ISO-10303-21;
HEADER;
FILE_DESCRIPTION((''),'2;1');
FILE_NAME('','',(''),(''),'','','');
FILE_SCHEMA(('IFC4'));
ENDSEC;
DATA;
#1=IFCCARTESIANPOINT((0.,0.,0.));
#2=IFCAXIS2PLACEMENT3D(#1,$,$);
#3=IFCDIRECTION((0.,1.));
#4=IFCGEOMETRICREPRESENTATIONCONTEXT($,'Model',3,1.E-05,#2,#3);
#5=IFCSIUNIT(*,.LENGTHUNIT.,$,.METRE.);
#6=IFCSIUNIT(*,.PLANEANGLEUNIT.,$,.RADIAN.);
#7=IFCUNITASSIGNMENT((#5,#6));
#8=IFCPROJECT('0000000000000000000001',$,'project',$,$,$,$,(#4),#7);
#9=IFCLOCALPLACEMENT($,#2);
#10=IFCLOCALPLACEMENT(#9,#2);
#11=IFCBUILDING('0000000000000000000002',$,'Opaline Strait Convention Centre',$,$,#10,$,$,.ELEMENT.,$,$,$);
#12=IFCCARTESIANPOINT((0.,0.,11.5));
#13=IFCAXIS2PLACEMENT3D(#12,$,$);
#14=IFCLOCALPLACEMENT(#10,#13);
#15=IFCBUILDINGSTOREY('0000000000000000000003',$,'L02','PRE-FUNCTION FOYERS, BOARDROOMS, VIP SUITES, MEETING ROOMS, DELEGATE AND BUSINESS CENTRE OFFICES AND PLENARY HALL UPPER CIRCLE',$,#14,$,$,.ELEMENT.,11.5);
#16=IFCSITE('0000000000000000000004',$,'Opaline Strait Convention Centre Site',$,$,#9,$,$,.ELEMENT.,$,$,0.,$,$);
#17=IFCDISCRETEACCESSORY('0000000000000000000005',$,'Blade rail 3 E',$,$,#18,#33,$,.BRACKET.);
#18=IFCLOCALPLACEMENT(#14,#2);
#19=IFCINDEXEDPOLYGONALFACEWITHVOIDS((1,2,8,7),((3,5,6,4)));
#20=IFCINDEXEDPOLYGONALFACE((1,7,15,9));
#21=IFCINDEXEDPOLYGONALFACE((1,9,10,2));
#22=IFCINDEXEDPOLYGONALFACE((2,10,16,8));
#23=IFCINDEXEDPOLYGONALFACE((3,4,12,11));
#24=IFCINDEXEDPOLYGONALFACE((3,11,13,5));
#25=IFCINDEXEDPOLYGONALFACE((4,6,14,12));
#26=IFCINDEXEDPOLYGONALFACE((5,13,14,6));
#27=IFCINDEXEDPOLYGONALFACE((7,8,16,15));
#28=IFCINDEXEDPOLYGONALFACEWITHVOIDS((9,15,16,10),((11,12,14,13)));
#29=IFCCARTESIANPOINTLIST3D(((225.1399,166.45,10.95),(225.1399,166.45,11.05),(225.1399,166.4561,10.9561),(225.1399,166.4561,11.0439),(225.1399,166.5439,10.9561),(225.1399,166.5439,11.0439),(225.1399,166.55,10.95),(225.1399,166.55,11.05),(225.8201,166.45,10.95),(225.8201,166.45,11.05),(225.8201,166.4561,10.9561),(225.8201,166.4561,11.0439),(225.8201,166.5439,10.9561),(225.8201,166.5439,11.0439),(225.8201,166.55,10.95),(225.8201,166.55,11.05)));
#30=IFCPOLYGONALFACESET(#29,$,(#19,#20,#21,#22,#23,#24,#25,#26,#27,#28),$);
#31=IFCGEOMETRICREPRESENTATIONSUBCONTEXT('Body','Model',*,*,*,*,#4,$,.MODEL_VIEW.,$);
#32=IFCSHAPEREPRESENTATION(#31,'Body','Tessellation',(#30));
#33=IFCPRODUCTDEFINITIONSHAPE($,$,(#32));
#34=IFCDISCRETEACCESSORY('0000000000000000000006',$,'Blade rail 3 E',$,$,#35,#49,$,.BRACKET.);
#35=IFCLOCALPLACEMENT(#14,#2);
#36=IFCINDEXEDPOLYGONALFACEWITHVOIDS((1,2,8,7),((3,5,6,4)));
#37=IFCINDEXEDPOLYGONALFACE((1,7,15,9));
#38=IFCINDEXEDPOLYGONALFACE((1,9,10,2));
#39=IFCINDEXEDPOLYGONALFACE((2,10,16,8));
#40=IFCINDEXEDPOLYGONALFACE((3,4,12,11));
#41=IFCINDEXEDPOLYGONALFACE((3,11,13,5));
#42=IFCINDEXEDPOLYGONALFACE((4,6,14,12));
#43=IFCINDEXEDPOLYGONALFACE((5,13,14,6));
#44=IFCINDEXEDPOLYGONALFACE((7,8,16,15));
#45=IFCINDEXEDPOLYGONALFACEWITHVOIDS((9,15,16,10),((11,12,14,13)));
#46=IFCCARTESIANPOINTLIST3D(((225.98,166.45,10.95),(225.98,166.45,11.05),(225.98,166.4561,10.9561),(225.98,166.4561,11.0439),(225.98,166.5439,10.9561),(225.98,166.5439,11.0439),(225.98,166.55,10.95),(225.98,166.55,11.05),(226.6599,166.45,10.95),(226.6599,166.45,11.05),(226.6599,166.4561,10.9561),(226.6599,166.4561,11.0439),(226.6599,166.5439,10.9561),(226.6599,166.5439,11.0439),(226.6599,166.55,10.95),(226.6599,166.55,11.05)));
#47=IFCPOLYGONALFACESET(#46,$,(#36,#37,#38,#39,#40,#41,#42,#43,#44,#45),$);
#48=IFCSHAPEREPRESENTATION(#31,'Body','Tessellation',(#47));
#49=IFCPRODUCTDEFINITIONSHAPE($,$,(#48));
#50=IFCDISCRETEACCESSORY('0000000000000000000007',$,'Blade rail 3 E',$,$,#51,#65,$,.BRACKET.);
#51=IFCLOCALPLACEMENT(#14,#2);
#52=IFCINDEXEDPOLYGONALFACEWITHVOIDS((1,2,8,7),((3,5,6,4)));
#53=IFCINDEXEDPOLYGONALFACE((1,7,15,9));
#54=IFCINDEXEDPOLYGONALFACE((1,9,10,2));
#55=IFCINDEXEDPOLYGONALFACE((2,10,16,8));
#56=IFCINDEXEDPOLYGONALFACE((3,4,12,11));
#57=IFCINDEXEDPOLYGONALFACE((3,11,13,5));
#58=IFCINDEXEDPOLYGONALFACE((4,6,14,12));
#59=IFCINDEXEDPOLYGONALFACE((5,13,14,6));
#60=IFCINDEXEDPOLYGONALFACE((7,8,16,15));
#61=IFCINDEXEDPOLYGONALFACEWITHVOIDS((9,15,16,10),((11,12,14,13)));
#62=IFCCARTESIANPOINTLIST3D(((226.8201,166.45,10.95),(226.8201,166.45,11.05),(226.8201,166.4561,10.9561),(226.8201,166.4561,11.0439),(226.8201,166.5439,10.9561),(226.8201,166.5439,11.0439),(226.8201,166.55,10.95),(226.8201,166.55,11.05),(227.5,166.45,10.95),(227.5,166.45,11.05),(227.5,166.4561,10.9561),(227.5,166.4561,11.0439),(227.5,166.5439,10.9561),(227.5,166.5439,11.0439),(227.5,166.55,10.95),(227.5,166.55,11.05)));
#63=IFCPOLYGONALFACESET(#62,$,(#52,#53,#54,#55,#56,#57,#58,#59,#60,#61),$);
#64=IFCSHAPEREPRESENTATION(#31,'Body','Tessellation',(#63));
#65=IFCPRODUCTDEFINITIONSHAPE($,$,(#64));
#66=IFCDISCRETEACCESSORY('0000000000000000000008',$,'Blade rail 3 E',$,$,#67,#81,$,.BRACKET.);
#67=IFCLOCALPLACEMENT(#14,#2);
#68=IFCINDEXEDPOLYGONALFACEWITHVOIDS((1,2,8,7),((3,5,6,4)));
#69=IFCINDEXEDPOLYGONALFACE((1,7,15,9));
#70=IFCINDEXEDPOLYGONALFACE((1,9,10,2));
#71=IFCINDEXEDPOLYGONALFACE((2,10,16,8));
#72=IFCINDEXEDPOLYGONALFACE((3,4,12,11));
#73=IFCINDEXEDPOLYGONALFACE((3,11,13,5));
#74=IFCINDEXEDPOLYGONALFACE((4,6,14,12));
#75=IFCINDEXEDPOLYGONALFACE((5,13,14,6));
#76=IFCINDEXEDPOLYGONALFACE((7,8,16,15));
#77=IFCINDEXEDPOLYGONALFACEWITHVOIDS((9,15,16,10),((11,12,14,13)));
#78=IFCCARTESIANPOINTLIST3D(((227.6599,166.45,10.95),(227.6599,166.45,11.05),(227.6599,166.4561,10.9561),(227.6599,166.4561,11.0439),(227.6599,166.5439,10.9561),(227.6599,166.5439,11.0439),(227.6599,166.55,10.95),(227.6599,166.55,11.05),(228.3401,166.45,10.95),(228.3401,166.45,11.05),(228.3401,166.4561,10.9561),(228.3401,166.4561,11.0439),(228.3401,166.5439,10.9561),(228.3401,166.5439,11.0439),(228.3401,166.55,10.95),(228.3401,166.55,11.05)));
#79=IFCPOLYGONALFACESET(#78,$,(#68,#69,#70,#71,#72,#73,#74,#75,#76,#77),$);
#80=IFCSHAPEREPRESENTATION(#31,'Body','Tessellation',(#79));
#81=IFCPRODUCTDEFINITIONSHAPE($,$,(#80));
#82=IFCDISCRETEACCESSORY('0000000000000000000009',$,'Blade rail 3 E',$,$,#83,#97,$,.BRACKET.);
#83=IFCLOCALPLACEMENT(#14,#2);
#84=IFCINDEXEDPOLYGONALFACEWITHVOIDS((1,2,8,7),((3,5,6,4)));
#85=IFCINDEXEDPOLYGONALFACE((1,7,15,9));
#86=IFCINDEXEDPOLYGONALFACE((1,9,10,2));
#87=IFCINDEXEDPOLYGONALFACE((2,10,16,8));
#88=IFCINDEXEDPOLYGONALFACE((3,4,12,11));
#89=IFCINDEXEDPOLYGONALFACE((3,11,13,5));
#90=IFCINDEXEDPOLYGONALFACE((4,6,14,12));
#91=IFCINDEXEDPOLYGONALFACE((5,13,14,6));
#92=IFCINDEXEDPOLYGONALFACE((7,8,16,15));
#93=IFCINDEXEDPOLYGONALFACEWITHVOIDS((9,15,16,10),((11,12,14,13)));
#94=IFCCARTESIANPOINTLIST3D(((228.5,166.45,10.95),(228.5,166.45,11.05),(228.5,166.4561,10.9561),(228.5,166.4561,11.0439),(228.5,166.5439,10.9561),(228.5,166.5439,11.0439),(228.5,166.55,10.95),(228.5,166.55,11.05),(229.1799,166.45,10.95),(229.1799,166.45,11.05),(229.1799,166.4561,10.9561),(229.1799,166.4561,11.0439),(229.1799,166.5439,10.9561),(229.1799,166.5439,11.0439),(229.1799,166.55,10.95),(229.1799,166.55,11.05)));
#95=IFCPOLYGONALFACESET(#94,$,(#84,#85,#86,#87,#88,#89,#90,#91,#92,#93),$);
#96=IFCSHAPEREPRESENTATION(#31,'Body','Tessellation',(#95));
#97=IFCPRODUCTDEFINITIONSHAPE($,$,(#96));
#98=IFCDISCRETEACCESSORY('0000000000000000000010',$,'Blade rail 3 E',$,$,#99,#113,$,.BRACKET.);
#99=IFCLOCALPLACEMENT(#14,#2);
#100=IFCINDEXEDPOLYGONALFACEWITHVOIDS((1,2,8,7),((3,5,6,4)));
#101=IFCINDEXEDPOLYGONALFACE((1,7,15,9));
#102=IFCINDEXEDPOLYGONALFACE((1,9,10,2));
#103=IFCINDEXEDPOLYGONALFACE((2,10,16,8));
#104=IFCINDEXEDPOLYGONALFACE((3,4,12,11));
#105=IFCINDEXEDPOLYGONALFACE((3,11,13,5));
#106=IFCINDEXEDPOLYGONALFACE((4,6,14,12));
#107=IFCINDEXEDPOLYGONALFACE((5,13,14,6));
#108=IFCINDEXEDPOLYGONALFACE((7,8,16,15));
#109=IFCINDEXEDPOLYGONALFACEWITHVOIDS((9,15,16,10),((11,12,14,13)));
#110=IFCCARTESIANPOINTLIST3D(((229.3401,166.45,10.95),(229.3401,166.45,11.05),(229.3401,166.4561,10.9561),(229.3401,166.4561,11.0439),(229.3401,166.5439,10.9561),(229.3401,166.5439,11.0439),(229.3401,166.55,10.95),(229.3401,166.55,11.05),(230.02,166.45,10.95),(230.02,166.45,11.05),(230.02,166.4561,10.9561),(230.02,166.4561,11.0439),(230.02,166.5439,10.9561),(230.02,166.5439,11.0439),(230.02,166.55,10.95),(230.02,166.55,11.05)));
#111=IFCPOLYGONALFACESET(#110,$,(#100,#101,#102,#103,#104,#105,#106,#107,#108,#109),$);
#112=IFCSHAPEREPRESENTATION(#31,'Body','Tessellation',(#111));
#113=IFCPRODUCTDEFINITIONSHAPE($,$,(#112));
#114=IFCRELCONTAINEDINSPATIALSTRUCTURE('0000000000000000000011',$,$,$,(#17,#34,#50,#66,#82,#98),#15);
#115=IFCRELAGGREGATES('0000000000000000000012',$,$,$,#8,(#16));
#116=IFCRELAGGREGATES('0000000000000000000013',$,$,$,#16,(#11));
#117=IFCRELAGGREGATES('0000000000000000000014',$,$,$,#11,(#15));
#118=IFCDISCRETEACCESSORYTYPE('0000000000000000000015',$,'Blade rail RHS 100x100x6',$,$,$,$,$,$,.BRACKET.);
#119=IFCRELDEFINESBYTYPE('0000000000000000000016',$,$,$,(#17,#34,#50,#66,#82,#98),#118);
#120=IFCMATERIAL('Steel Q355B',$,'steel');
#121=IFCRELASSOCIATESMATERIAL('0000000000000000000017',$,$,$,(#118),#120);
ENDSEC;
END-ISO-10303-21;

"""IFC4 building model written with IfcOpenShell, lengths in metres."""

from ifc_helpers import new_model, si_unit, direction, frame, origin, origin_2d, place, context, subcontext, project, spatial, hollow_rectangle, extrude, material, material_profile, profile_set, type_object, element, save


model = new_model("IFC4")

# Units and contexts
model_context = context("Model", 3, precision=1e-05, world=origin(), true_north=direction((0.0, 1.0)))
body_context = subcontext(model_context, "Body", "Model", "MODEL_VIEW")
ifc_project = project(units=[si_unit("LENGTHUNIT", "METRE"), si_unit("PLANEANGLEUNIT", "RADIAN")], contexts=[model_context])

# Site, building, storey
site_placement = place(None, origin())
site = spatial("IfcSite", under=ifc_project, at=site_placement, Name="Opaline Strait Convention Centre Site", CompositionType="ELEMENT", RefElevation=0.0)
building_placement = place(site_placement, origin())
building = spatial("IfcBuilding", under=site, at=building_placement, Name="Opaline Strait Convention Centre", CompositionType="ELEMENT")
storey_placement = place(building_placement, frame((0.0, 0.0, 11.5)))
storey = spatial("IfcBuildingStorey", under=building, at=storey_placement, Name="L02", Description="PRE-FUNCTION FOYERS, BOARDROOMS, VIP SUITES, MEETING ROOMS, DELEGATE AND BUSINESS CENTRE OFFICES AND PLENARY HALL UPPER CIRCLE", CompositionType="ELEMENT", Elevation=11.5)

# Shared definitions
ifc_material_1 = material(Name="Steel Q355B", Category="steel")

# Discrete accessories
ifc_material_profile_1 = material_profile(ifc_material_1, hollow_rectangle(XDim=0.1001, YDim=0.1001, WallThickness=0.0061, at=origin_2d()), Name="RHS 100x100x6")
ifc_profile_set_1 = profile_set([ifc_material_profile_1], Name="Steel Q355B")
discrete_accessory_type_1 = type_object("IfcDiscreteAccessoryType", Name="Blade rail RHS 100x100x6", PredefinedType="BRACKET", material=ifc_profile_set_1)
discrete_accessory_1_placement = place(storey_placement, frame((225.1399, 166.5, 11.0), z_axis=(1.0, 0.0, 0.0), x_axis=(0.0, 1.0, 0.0)))
element("IfcDiscreteAccessory", 1, at=discrete_accessory_1_placement, inside=storey, type_object=discrete_accessory_type_1, Name="Blade rail 3 E", PredefinedType="BRACKET", context=body_context, shape_type="SweptSolid", body=[
    extrude(hollow_rectangle(XDim=0.1001, YDim=0.1001, WallThickness=0.0061, at=origin_2d()), origin(), (0.0, 0.0, 1.0), 0.6802),
])
for number, where, z_axis, x_axis, name in (
    (2, (225.98, 166.5, 11.0), (1.0, 0.0, 0.0), (0.0, 1.0, 0.0), "Blade rail 3 E"),
    (3, (226.8201, 166.5, 11.0), (1.0, 0.0, 0.0), (0.0, 1.0, 0.0), "Blade rail 3 E"),
):
    element("IfcDiscreteAccessory", number, at=place(storey_placement, frame(where, z_axis=z_axis, x_axis=x_axis)), inside=storey, type_object=discrete_accessory_type_1, Name=name, PredefinedType="BRACKET", context=body_context, shape_type="SweptSolid", body=[
        extrude(hollow_rectangle(XDim=0.1001, YDim=0.1001, WallThickness=0.0061, at=origin_2d()), origin(), (0.0, 0.0, 1.0), 0.6799),
    ])
discrete_accessory_2_placement = place(storey_placement, frame((227.6599, 166.5, 11.0), z_axis=(1.0, 0.0, 0.0), x_axis=(0.0, 1.0, 0.0)))
element("IfcDiscreteAccessory", 4, at=discrete_accessory_2_placement, inside=storey, type_object=discrete_accessory_type_1, Name="Blade rail 3 E", PredefinedType="BRACKET", context=body_context, shape_type="SweptSolid", body=[
    extrude(hollow_rectangle(XDim=0.1001, YDim=0.1001, WallThickness=0.0061, at=origin_2d()), origin(), (0.0, 0.0, 1.0), 0.6802),
])
for number, where, z_axis, x_axis, name in (
    (5, (228.5, 166.5, 11.0), (1.0, 0.0, 0.0), (0.0, 1.0, 0.0), "Blade rail 3 E"),
    (6, (229.3401, 166.5, 11.0), (1.0, 0.0, 0.0), (0.0, 1.0, 0.0), "Blade rail 3 E"),
):
    element("IfcDiscreteAccessory", number, at=place(storey_placement, frame(where, z_axis=z_axis, x_axis=x_axis)), inside=storey, type_object=discrete_accessory_type_1, Name=name, PredefinedType="BRACKET", context=body_context, shape_type="SweptSolid", body=[
        extrude(hollow_rectangle(XDim=0.1001, YDim=0.1001, WallThickness=0.0061, at=origin_2d()), origin(), (0.0, 0.0, 1.0), 0.6799),
    ])

save(model, "model.ifc")
